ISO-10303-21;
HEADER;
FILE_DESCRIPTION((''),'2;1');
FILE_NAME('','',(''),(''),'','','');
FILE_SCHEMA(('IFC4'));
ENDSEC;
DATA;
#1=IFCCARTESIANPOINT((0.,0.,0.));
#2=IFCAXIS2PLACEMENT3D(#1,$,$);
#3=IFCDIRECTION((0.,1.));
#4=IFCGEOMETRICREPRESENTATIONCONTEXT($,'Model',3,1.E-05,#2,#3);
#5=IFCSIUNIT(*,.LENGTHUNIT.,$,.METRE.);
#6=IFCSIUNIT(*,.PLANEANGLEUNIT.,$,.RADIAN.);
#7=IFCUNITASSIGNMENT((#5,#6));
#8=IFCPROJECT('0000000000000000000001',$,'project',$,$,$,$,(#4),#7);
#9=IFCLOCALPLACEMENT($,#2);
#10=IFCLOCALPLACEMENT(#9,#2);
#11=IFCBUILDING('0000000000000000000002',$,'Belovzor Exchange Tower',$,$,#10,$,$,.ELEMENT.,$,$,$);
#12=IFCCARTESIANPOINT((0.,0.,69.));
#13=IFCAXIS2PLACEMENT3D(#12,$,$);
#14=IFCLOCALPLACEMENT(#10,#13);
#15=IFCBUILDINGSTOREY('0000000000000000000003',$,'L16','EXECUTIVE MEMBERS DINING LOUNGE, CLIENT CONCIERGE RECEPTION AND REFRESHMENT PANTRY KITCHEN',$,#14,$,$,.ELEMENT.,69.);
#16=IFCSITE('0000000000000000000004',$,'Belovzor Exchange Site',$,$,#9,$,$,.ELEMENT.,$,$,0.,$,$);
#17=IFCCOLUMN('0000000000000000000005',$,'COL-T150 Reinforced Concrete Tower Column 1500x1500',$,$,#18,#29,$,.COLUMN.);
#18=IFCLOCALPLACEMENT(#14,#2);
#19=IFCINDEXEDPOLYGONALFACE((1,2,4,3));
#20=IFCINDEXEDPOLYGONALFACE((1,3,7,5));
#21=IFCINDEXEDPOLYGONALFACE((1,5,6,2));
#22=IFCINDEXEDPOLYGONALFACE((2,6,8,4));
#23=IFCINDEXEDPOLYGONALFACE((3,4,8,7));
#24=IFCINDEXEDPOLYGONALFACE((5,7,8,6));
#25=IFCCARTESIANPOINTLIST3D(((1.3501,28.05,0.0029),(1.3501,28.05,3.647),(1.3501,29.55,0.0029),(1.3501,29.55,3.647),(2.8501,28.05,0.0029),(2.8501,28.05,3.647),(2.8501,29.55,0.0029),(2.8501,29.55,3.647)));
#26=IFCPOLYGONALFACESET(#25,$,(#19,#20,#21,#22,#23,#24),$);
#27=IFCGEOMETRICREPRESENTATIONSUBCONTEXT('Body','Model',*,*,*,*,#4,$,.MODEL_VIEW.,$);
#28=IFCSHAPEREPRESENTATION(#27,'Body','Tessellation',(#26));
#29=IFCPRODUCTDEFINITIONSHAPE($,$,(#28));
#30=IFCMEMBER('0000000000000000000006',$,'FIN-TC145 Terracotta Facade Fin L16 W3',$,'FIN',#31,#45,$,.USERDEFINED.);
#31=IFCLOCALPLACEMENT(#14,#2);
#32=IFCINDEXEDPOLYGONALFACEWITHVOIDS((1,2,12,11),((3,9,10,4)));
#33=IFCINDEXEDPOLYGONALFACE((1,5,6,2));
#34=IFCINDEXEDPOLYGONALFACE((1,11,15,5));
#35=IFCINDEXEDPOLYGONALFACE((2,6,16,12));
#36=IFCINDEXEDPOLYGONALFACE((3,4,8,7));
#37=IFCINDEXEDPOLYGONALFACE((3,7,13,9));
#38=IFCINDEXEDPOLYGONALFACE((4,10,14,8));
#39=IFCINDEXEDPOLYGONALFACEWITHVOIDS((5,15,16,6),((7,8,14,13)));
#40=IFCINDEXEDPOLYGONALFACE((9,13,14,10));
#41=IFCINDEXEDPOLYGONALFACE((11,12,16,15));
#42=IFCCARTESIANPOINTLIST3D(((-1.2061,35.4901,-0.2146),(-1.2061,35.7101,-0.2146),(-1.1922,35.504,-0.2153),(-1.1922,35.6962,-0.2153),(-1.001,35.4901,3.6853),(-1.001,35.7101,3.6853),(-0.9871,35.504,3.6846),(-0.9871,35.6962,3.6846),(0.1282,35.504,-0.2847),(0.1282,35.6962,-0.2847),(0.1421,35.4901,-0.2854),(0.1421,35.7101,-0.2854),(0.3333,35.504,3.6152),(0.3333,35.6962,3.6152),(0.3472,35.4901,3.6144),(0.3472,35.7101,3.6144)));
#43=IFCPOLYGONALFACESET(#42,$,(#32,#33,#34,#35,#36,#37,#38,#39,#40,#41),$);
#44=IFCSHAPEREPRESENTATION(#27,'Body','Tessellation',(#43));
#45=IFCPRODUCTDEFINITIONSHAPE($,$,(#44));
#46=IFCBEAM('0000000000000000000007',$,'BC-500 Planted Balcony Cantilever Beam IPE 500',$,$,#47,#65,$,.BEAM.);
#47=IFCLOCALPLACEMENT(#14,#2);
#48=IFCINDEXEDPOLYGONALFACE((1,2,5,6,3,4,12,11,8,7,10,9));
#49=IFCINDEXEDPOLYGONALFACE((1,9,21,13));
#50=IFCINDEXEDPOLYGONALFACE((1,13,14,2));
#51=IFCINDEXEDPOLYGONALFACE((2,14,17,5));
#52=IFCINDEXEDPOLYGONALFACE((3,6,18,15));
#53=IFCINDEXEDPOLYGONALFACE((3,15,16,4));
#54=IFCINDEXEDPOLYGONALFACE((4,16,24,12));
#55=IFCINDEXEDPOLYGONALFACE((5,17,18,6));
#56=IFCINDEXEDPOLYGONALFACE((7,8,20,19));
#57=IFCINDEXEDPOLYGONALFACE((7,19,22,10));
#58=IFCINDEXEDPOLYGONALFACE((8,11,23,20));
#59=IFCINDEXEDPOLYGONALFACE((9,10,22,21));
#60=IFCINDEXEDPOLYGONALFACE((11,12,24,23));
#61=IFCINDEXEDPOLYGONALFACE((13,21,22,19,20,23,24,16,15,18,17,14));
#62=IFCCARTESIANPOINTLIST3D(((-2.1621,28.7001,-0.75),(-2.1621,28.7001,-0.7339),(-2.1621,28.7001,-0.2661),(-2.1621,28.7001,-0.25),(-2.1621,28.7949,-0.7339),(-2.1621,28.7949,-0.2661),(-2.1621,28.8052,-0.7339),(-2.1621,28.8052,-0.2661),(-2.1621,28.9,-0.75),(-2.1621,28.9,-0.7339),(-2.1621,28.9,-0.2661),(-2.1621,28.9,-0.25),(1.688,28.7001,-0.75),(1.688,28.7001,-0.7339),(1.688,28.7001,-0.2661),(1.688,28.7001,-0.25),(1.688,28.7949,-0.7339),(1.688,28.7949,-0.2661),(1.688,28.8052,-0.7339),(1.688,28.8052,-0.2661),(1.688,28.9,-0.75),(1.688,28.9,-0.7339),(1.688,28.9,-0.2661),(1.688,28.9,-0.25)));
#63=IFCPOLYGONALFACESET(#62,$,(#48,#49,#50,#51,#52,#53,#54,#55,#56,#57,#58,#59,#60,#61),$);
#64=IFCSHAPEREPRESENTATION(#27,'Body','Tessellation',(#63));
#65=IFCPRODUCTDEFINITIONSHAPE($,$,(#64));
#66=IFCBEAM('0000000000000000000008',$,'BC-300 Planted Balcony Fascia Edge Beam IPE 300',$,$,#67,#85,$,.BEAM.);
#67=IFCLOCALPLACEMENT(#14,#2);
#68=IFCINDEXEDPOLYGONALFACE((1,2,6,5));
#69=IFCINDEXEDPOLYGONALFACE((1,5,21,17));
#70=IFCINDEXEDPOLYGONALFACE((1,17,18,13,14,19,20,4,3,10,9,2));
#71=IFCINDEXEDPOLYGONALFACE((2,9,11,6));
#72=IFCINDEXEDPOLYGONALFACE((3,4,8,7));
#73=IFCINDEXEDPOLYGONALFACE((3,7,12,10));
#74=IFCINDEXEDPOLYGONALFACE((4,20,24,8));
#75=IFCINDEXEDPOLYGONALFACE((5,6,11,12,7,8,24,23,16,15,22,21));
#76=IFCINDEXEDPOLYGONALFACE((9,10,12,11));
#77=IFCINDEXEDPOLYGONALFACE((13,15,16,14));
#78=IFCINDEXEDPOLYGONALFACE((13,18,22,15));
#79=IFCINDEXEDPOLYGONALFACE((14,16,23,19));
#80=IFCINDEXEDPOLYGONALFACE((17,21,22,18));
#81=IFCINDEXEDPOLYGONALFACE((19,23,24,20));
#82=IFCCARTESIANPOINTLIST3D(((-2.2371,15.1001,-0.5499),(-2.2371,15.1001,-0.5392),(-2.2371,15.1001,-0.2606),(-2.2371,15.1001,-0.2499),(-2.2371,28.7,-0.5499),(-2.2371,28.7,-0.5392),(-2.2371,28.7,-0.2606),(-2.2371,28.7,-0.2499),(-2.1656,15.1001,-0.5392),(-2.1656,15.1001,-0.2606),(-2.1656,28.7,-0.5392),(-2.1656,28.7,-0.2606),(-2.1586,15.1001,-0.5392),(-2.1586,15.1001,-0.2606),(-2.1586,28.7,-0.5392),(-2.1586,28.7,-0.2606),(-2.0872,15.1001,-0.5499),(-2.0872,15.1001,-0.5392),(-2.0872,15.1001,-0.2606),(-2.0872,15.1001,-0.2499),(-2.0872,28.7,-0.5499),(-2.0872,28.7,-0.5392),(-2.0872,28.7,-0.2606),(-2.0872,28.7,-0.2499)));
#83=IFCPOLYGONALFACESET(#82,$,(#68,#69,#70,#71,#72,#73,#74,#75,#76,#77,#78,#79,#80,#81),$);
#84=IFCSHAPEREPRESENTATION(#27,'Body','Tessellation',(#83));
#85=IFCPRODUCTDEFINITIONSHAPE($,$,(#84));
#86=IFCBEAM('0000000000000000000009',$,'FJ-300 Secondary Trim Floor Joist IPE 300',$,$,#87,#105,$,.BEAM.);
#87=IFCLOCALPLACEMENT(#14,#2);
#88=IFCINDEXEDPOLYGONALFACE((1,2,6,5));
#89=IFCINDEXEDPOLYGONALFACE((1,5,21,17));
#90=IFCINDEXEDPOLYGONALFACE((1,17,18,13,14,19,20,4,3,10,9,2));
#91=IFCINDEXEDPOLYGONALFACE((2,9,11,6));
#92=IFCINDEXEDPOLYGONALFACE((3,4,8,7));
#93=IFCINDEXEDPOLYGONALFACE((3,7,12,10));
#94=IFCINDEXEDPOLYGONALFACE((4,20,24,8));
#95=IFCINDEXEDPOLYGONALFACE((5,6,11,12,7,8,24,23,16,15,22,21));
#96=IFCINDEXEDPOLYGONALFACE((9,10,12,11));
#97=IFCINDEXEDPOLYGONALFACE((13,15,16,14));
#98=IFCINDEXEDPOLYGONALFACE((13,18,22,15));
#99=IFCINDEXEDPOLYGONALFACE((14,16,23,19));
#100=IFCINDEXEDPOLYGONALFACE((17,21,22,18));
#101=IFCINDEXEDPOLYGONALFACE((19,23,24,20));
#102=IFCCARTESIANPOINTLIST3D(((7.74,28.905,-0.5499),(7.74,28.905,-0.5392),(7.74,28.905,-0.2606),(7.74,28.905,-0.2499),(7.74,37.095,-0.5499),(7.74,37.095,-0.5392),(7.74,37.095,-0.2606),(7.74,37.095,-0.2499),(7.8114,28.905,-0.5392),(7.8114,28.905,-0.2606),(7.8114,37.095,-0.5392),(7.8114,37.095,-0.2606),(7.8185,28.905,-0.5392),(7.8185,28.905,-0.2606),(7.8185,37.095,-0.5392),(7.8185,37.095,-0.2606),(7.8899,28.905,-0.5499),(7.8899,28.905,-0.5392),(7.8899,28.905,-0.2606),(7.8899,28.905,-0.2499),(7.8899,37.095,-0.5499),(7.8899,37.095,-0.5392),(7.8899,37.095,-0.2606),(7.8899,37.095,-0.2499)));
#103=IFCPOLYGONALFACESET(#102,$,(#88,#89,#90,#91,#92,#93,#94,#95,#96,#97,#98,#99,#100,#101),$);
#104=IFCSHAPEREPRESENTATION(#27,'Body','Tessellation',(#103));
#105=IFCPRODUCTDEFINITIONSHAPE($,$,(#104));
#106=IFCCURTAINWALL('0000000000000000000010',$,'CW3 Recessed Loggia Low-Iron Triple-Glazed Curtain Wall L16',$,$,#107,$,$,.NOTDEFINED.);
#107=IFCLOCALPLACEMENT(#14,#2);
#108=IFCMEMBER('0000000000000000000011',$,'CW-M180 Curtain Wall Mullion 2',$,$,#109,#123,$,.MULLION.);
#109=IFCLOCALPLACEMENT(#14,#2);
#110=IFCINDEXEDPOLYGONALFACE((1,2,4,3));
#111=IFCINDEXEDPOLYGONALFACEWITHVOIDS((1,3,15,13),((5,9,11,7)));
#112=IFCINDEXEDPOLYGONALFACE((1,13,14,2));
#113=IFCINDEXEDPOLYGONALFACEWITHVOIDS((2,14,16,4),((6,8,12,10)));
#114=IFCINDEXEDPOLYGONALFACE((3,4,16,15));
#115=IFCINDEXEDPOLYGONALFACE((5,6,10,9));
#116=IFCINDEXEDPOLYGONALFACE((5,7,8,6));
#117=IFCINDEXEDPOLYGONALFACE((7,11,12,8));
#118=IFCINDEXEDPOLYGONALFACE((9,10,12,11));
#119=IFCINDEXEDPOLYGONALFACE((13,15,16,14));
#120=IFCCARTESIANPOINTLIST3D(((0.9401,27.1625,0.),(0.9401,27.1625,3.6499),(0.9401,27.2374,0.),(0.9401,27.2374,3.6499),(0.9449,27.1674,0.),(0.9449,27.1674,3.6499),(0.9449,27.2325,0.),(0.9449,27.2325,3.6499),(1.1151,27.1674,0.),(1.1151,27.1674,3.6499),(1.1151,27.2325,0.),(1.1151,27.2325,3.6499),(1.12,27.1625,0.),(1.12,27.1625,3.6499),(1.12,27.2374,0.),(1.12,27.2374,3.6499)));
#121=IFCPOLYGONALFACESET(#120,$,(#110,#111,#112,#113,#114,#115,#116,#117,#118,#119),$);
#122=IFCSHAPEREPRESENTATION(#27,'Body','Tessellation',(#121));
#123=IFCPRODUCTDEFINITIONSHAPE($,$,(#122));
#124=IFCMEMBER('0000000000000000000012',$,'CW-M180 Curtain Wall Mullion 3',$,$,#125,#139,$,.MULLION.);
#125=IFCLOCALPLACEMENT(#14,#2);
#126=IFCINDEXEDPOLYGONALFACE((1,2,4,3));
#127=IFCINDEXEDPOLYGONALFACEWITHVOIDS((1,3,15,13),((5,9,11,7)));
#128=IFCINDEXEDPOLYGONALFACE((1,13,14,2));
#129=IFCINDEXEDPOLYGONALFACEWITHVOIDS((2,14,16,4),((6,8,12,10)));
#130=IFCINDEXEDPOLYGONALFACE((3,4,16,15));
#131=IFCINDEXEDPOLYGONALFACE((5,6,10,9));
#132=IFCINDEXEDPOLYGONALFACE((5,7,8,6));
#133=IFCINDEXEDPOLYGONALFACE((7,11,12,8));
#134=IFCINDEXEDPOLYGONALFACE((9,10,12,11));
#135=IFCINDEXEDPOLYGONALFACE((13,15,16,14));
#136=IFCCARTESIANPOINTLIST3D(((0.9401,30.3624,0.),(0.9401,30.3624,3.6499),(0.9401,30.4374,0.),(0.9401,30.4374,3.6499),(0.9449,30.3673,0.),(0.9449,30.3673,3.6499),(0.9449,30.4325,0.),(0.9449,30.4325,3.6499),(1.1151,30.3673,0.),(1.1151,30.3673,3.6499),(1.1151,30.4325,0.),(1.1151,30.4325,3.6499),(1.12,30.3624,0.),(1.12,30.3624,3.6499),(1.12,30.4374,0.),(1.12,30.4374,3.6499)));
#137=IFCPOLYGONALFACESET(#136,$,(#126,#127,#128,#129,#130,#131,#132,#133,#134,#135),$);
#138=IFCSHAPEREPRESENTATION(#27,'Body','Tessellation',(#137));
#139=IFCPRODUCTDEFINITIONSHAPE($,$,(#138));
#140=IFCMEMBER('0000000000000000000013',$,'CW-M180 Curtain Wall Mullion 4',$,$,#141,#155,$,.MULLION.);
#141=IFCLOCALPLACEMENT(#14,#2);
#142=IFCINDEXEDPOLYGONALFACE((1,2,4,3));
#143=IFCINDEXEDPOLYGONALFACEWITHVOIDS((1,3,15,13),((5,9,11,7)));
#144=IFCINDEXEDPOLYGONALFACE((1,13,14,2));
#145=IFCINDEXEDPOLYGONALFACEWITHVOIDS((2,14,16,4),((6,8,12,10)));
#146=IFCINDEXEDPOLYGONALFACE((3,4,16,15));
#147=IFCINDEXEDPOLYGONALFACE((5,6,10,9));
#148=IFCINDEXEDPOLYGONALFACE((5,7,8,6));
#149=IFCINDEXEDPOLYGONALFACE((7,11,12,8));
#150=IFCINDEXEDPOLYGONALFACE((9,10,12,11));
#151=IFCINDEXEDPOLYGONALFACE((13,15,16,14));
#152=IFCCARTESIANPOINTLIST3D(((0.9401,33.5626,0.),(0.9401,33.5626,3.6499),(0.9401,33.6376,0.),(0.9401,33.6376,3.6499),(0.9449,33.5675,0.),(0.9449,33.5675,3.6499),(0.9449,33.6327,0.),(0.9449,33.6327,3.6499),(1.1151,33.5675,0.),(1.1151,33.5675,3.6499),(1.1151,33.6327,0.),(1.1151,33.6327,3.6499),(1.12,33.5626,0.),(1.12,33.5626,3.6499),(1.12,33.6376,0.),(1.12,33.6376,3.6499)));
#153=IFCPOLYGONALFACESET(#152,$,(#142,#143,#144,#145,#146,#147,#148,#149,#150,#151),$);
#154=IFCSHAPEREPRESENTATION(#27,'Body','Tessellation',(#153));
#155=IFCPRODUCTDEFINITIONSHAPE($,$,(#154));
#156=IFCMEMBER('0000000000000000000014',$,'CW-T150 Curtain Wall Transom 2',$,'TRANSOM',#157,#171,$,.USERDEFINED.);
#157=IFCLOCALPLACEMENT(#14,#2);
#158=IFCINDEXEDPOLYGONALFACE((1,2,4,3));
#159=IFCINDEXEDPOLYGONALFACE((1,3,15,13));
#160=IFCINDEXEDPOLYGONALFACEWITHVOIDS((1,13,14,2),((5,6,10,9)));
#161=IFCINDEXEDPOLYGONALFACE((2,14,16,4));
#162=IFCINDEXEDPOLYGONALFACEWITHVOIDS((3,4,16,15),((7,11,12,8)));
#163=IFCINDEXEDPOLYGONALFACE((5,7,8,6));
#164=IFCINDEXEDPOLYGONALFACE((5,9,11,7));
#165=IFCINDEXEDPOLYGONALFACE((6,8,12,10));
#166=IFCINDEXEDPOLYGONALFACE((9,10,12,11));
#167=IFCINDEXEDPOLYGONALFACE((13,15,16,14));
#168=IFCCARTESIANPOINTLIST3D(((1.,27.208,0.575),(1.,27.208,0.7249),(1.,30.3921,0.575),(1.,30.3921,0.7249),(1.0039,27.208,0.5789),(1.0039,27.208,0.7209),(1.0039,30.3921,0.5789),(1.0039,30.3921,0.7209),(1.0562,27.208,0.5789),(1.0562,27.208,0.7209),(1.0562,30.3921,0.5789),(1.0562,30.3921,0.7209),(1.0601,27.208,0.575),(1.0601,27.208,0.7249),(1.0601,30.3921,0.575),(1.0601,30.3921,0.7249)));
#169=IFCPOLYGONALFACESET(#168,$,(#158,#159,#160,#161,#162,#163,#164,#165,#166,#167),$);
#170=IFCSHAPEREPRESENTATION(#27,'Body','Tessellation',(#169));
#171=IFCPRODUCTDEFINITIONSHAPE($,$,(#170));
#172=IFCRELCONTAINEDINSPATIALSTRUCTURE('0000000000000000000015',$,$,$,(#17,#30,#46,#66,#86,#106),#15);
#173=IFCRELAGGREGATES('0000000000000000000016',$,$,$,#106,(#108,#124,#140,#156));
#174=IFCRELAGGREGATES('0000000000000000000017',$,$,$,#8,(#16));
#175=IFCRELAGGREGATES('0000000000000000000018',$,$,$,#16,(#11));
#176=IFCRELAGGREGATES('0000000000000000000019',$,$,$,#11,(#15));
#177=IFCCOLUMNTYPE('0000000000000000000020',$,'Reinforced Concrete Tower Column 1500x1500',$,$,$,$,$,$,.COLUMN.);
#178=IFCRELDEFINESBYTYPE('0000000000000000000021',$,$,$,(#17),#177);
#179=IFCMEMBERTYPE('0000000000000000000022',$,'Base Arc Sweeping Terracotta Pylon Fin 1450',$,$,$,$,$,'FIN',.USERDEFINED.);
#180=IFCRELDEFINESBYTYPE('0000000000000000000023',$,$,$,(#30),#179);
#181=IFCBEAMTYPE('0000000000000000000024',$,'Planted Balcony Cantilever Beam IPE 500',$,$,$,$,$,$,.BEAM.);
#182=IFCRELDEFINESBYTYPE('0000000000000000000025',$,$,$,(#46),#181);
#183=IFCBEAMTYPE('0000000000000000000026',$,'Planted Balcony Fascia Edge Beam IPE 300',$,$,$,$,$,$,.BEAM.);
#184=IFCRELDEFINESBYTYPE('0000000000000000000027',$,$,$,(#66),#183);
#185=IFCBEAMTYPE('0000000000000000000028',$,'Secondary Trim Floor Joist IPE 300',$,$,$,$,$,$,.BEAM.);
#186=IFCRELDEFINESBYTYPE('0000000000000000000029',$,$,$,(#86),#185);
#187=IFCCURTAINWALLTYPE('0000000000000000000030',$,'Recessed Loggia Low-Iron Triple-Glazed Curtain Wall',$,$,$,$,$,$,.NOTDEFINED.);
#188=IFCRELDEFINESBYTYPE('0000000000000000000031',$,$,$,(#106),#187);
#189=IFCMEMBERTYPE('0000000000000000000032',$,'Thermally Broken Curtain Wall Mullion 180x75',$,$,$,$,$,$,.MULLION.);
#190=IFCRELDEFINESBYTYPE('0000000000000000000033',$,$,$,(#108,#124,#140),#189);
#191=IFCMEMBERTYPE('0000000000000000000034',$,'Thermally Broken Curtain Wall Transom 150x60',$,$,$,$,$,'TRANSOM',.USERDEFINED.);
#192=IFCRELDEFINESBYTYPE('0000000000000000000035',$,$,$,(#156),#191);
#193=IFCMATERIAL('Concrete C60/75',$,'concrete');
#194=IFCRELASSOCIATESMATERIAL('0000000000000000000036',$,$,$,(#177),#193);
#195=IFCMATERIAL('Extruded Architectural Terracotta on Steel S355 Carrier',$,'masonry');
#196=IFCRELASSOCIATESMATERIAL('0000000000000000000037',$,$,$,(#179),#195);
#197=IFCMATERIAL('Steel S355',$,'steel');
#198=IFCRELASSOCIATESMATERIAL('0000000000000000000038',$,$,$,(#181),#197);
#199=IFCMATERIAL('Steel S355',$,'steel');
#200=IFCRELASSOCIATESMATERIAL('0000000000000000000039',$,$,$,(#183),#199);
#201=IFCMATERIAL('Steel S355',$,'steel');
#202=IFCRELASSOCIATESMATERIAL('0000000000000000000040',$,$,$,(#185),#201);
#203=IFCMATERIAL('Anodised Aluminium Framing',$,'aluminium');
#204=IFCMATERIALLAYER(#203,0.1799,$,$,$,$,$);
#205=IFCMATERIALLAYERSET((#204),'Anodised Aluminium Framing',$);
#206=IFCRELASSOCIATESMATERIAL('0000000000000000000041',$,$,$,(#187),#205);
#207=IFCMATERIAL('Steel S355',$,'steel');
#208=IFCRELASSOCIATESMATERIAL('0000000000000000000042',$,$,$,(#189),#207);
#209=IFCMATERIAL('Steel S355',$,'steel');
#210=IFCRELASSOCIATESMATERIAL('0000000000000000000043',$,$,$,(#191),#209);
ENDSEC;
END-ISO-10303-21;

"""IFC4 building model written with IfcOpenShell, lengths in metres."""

from ifc_helpers import new_model, si_unit, direction, frame, origin, origin_2d, place, context, subcontext, project, spatial, rectangle, hollow_rectangle, i_section, extrude, material, layer, layer_set, material_profile, profile_set, type_object, element, aggregate, save


model = new_model("IFC4")

# Units and contexts
model_context = context("Model", 3, precision=1e-05, world=origin(), true_north=direction((0.0, 1.0)))
body_context = subcontext(model_context, "Body", "Model", "MODEL_VIEW")
ifc_project = project(units=[si_unit("LENGTHUNIT", "METRE"), si_unit("PLANEANGLEUNIT", "RADIAN")], contexts=[model_context])

# Site, building, storey
site_placement = place(None, origin())
site = spatial("IfcSite", under=ifc_project, at=site_placement, Name="Belovzor Exchange Site", CompositionType="ELEMENT", RefElevation=0.0)
building_placement = place(site_placement, origin())
building = spatial("IfcBuilding", under=site, at=building_placement, Name="Belovzor Exchange Tower", CompositionType="ELEMENT")
storey_placement = place(building_placement, frame((0.0, 0.0, 69.0)))
storey = spatial("IfcBuildingStorey", under=building, at=storey_placement, Name="L16", Description="EXECUTIVE MEMBERS DINING LOUNGE, CLIENT CONCIERGE RECEPTION AND REFRESHMENT PANTRY KITCHEN", CompositionType="ELEMENT", Elevation=69.0)

# Column
ifc_material_1 = material(Name="Concrete C60/75", Category="concrete")
ifc_material_profile_1 = material_profile(ifc_material_1, rectangle(XDim=1.5, YDim=1.5, at=origin_2d()))
ifc_profile_set_1 = profile_set([ifc_material_profile_1], Name="Concrete C60/75")
column_type = type_object("IfcColumnType", Name="Reinforced Concrete Tower Column 1500x1500", PredefinedType="COLUMN", material=ifc_profile_set_1)
column_placement = place(storey_placement, frame((2.1001, 28.8, 0.0029), z_axis=(0.0, 0.0, 1.0), x_axis=(1.0, 0.0, 0.0)))
element("IfcColumn", 1, at=column_placement, inside=storey, type_object=column_type, Name="COL-T150 Reinforced Concrete Tower Column 1500x1500", PredefinedType="COLUMN", context=body_context, shape_type="SweptSolid", body=[
    extrude(rectangle(XDim=1.5, YDim=1.5, at=origin_2d()), origin(), (0.0, 0.0, 1.0), 3.644),
])

# Member
ifc_material_2 = material(Name="Extruded Architectural Terracotta on Steel S355 Carrier", Category="masonry")
ifc_material_profile_2 = material_profile(ifc_material_2, hollow_rectangle(XDim=0.22, YDim=1.3501, WallThickness=0.0139, at=origin_2d()))
ifc_profile_set_2 = profile_set([ifc_material_profile_2], Name="Extruded Architectural Terracotta on Steel S355 Carrier")
member_type_1 = type_object("IfcMemberType", Name="Base Arc Sweeping Terracotta Pylon Fin 1450", ElementType="FIN", PredefinedType="USERDEFINED", material=ifc_profile_set_2)
member_1_placement = place(storey_placement, frame((-0.532, 35.6001, -0.25), z_axis=(0.052513, 0.0, 0.99862), x_axis=(0.0, 1.0, 0.0)))
element("IfcMember", 2, at=member_1_placement, inside=storey, type_object=member_type_1, Name="FIN-TC145 Terracotta Facade Fin L16 W3", ObjectType="FIN", PredefinedType="USERDEFINED", context=body_context, shape_type="SweptSolid", body=[
    extrude(hollow_rectangle(XDim=0.22, YDim=1.3501, WallThickness=0.0139, at=origin_2d()), origin(), (0.0, 0.0, 1.0), 3.9053),
])

# Beams
ifc_material_3 = material(Name="Steel S355", Category="steel")
ifc_material_profile_3 = material_profile(ifc_material_3, i_section(OverallWidth=0.2, OverallDepth=0.5, WebThickness=0.0103, FlangeThickness=0.0161, at=origin_2d()))
ifc_profile_set_3 = profile_set([ifc_material_profile_3], Name="Steel S355")
beam_type_1 = type_object("IfcBeamType", Name="Planted Balcony Cantilever Beam IPE 500", PredefinedType="BEAM", material=ifc_profile_set_3)
beam_1_placement = place(storey_placement, frame((1.688, 28.8, -0.5), z_axis=(-1.0, 0.0, 0.0), x_axis=(0.0, -1.0, 0.0)))
element("IfcBeam", 3, at=beam_1_placement, inside=storey, type_object=beam_type_1, Name="BC-500 Planted Balcony Cantilever Beam IPE 500", PredefinedType="BEAM", context=body_context, shape_type="SweptSolid", body=[
    extrude(i_section(OverallWidth=0.2, OverallDepth=0.5, WebThickness=0.0103, FlangeThickness=0.0161, at=origin_2d()), origin(), (0.0, 0.0, 1.0), 3.8501),
])
ifc_material_4 = material(Name="Steel S355", Category="steel")
ifc_material_profile_4 = material_profile(ifc_material_4, i_section(OverallWidth=0.1499, OverallDepth=0.3, WebThickness=0.0071, FlangeThickness=0.0107, at=origin_2d()))
ifc_profile_set_4 = profile_set([ifc_material_profile_4], Name="Steel S355")
beam_type_2 = type_object("IfcBeamType", Name="Planted Balcony Fascia Edge Beam IPE 300", PredefinedType="BEAM", material=ifc_profile_set_4)
beam_2_placement = place(storey_placement, frame((-2.1621, 28.7, -0.3999), z_axis=(0.0, -1.0, 0.0), x_axis=(1.0, 0.0, 0.0)))
element("IfcBeam", 4, at=beam_2_placement, inside=storey, type_object=beam_type_2, Name="BC-300 Planted Balcony Fascia Edge Beam IPE 300", PredefinedType="BEAM", context=body_context, shape_type="SweptSolid", body=[
    extrude(i_section(OverallWidth=0.1499, OverallDepth=0.3, WebThickness=0.0071, FlangeThickness=0.0107, at=origin_2d()), origin(), (0.0, 0.0, 1.0), 13.5999),
])
ifc_material_5 = material(Name="Steel S355", Category="steel")
ifc_material_profile_5 = material_profile(ifc_material_5, i_section(OverallWidth=0.1499, OverallDepth=0.3, WebThickness=0.0071, FlangeThickness=0.0107, at=origin_2d()))
ifc_profile_set_5 = profile_set([ifc_material_profile_5], Name="Steel S355")
beam_type_3 = type_object("IfcBeamType", Name="Secondary Trim Floor Joist IPE 300", PredefinedType="BEAM", material=ifc_profile_set_5)
beam_3_placement = place(storey_placement, frame((7.8149, 28.905, -0.3999), z_axis=(0.0, 1.0, 0.0), x_axis=(-1.0, 0.0, 0.0)))
element("IfcBeam", 5, at=beam_3_placement, inside=storey, type_object=beam_type_3, Name="FJ-300 Secondary Trim Floor Joist IPE 300", PredefinedType="BEAM", context=body_context, shape_type="SweptSolid", body=[
    extrude(i_section(OverallWidth=0.1499, OverallDepth=0.3, WebThickness=0.0071, FlangeThickness=0.0107, at=origin_2d()), origin(), (0.0, 0.0, 1.0), 8.1899),
])

# Curtain wall, members
ifc_material_6 = material(Name="Anodised Aluminium Framing", Category="aluminium")
ifc_layer_1 = layer(ifc_material_6, 0.1799)
ifc_layer_set_1 = layer_set([ifc_layer_1], Name="Anodised Aluminium Framing")
curtain_wall_type = type_object("IfcCurtainWallType", Name="Recessed Loggia Low-Iron Triple-Glazed Curtain Wall", PredefinedType="NOTDEFINED", material=ifc_layer_set_1)
curtain_wall_placement = place(storey_placement, origin())
curtain_wall = element("IfcCurtainWall", 6, at=curtain_wall_placement, inside=storey, type_object=curtain_wall_type, Name="CW3 Recessed Loggia Low-Iron Triple-Glazed Curtain Wall L16", PredefinedType="NOTDEFINED")
ifc_material_7 = material(Name="Steel S355", Category="steel")
ifc_material_profile_6 = material_profile(ifc_material_7, hollow_rectangle(XDim=0.075, YDim=0.1799, WallThickness=0.0049, at=origin_2d()))
ifc_profile_set_6 = profile_set([ifc_material_profile_6], Name="Steel S355")
member_type_2 = type_object("IfcMemberType", Name="Thermally Broken Curtain Wall Mullion 180x75", PredefinedType="MULLION", material=ifc_profile_set_6)
member_2_placement = place(storey_placement, frame((1.03, 27.2, 0.0), z_axis=(0.0, 0.0, 1.0), x_axis=(0.0, 1.0, 0.0)))
member_2 = element("IfcMember", 7, at=member_2_placement, type_object=member_type_2, Name="CW-M180 Curtain Wall Mullion 2", PredefinedType="MULLION", context=body_context, shape_type="SweptSolid", body=[
    extrude(hollow_rectangle(XDim=0.075, YDim=0.1799, WallThickness=0.0049, at=origin_2d()), origin(), (0.0, 0.0, 1.0), 3.6499),
])
member_3_placement = place(storey_placement, frame((1.03, 30.3999, 0.0), z_axis=(0.0, 0.0, 1.0), x_axis=(0.0, 1.0, 0.0)))
member_3 = element("IfcMember", 8, at=member_3_placement, type_object=member_type_2, Name="CW-M180 Curtain Wall Mullion 3", PredefinedType="MULLION", context=body_context, shape_type="SweptSolid", body=[
    extrude(hollow_rectangle(XDim=0.075, YDim=0.1799, WallThickness=0.0049, at=origin_2d()), origin(), (0.0, 0.0, 1.0), 3.6499),
])
member_4_placement = place(storey_placement, frame((1.03, 33.6001, 0.0), z_axis=(0.0, 0.0, 1.0), x_axis=(0.0, 1.0, 0.0)))
member_4 = element("IfcMember", 9, at=member_4_placement, type_object=member_type_2, Name="CW-M180 Curtain Wall Mullion 4", PredefinedType="MULLION", context=body_context, shape_type="SweptSolid", body=[
    extrude(hollow_rectangle(XDim=0.075, YDim=0.1799, WallThickness=0.0049, at=origin_2d()), origin(), (0.0, 0.0, 1.0), 3.6499),
])
ifc_material_8 = material(Name="Steel S355", Category="steel")
ifc_material_profile_7 = material_profile(ifc_material_8, hollow_rectangle(XDim=0.0601, YDim=0.1499, WallThickness=0.0039, at=origin_2d()))
ifc_profile_set_7 = profile_set([ifc_material_profile_7], Name="Steel S355")
member_type_3 = type_object("IfcMemberType", Name="Thermally Broken Curtain Wall Transom 150x60", ElementType="TRANSOM", PredefinedType="USERDEFINED", material=ifc_profile_set_7)
member_5_placement = place(storey_placement, frame((1.03, 27.208, 0.6499), z_axis=(0.0, 1.0, 0.0), x_axis=(-1.0, 0.0, 0.0)))
member_5 = element("IfcMember", 10, at=member_5_placement, type_object=member_type_3, Name="CW-T150 Curtain Wall Transom 2", ObjectType="TRANSOM", PredefinedType="USERDEFINED", context=body_context, shape_type="SweptSolid", body=[
    extrude(hollow_rectangle(XDim=0.0601, YDim=0.1499, WallThickness=0.0039, at=origin_2d()), origin(), (0.0, 0.0, 1.0), 3.1841),
])

aggregate(curtain_wall, [member_2, member_3, member_4, member_5])

save(model, "model.ifc")
